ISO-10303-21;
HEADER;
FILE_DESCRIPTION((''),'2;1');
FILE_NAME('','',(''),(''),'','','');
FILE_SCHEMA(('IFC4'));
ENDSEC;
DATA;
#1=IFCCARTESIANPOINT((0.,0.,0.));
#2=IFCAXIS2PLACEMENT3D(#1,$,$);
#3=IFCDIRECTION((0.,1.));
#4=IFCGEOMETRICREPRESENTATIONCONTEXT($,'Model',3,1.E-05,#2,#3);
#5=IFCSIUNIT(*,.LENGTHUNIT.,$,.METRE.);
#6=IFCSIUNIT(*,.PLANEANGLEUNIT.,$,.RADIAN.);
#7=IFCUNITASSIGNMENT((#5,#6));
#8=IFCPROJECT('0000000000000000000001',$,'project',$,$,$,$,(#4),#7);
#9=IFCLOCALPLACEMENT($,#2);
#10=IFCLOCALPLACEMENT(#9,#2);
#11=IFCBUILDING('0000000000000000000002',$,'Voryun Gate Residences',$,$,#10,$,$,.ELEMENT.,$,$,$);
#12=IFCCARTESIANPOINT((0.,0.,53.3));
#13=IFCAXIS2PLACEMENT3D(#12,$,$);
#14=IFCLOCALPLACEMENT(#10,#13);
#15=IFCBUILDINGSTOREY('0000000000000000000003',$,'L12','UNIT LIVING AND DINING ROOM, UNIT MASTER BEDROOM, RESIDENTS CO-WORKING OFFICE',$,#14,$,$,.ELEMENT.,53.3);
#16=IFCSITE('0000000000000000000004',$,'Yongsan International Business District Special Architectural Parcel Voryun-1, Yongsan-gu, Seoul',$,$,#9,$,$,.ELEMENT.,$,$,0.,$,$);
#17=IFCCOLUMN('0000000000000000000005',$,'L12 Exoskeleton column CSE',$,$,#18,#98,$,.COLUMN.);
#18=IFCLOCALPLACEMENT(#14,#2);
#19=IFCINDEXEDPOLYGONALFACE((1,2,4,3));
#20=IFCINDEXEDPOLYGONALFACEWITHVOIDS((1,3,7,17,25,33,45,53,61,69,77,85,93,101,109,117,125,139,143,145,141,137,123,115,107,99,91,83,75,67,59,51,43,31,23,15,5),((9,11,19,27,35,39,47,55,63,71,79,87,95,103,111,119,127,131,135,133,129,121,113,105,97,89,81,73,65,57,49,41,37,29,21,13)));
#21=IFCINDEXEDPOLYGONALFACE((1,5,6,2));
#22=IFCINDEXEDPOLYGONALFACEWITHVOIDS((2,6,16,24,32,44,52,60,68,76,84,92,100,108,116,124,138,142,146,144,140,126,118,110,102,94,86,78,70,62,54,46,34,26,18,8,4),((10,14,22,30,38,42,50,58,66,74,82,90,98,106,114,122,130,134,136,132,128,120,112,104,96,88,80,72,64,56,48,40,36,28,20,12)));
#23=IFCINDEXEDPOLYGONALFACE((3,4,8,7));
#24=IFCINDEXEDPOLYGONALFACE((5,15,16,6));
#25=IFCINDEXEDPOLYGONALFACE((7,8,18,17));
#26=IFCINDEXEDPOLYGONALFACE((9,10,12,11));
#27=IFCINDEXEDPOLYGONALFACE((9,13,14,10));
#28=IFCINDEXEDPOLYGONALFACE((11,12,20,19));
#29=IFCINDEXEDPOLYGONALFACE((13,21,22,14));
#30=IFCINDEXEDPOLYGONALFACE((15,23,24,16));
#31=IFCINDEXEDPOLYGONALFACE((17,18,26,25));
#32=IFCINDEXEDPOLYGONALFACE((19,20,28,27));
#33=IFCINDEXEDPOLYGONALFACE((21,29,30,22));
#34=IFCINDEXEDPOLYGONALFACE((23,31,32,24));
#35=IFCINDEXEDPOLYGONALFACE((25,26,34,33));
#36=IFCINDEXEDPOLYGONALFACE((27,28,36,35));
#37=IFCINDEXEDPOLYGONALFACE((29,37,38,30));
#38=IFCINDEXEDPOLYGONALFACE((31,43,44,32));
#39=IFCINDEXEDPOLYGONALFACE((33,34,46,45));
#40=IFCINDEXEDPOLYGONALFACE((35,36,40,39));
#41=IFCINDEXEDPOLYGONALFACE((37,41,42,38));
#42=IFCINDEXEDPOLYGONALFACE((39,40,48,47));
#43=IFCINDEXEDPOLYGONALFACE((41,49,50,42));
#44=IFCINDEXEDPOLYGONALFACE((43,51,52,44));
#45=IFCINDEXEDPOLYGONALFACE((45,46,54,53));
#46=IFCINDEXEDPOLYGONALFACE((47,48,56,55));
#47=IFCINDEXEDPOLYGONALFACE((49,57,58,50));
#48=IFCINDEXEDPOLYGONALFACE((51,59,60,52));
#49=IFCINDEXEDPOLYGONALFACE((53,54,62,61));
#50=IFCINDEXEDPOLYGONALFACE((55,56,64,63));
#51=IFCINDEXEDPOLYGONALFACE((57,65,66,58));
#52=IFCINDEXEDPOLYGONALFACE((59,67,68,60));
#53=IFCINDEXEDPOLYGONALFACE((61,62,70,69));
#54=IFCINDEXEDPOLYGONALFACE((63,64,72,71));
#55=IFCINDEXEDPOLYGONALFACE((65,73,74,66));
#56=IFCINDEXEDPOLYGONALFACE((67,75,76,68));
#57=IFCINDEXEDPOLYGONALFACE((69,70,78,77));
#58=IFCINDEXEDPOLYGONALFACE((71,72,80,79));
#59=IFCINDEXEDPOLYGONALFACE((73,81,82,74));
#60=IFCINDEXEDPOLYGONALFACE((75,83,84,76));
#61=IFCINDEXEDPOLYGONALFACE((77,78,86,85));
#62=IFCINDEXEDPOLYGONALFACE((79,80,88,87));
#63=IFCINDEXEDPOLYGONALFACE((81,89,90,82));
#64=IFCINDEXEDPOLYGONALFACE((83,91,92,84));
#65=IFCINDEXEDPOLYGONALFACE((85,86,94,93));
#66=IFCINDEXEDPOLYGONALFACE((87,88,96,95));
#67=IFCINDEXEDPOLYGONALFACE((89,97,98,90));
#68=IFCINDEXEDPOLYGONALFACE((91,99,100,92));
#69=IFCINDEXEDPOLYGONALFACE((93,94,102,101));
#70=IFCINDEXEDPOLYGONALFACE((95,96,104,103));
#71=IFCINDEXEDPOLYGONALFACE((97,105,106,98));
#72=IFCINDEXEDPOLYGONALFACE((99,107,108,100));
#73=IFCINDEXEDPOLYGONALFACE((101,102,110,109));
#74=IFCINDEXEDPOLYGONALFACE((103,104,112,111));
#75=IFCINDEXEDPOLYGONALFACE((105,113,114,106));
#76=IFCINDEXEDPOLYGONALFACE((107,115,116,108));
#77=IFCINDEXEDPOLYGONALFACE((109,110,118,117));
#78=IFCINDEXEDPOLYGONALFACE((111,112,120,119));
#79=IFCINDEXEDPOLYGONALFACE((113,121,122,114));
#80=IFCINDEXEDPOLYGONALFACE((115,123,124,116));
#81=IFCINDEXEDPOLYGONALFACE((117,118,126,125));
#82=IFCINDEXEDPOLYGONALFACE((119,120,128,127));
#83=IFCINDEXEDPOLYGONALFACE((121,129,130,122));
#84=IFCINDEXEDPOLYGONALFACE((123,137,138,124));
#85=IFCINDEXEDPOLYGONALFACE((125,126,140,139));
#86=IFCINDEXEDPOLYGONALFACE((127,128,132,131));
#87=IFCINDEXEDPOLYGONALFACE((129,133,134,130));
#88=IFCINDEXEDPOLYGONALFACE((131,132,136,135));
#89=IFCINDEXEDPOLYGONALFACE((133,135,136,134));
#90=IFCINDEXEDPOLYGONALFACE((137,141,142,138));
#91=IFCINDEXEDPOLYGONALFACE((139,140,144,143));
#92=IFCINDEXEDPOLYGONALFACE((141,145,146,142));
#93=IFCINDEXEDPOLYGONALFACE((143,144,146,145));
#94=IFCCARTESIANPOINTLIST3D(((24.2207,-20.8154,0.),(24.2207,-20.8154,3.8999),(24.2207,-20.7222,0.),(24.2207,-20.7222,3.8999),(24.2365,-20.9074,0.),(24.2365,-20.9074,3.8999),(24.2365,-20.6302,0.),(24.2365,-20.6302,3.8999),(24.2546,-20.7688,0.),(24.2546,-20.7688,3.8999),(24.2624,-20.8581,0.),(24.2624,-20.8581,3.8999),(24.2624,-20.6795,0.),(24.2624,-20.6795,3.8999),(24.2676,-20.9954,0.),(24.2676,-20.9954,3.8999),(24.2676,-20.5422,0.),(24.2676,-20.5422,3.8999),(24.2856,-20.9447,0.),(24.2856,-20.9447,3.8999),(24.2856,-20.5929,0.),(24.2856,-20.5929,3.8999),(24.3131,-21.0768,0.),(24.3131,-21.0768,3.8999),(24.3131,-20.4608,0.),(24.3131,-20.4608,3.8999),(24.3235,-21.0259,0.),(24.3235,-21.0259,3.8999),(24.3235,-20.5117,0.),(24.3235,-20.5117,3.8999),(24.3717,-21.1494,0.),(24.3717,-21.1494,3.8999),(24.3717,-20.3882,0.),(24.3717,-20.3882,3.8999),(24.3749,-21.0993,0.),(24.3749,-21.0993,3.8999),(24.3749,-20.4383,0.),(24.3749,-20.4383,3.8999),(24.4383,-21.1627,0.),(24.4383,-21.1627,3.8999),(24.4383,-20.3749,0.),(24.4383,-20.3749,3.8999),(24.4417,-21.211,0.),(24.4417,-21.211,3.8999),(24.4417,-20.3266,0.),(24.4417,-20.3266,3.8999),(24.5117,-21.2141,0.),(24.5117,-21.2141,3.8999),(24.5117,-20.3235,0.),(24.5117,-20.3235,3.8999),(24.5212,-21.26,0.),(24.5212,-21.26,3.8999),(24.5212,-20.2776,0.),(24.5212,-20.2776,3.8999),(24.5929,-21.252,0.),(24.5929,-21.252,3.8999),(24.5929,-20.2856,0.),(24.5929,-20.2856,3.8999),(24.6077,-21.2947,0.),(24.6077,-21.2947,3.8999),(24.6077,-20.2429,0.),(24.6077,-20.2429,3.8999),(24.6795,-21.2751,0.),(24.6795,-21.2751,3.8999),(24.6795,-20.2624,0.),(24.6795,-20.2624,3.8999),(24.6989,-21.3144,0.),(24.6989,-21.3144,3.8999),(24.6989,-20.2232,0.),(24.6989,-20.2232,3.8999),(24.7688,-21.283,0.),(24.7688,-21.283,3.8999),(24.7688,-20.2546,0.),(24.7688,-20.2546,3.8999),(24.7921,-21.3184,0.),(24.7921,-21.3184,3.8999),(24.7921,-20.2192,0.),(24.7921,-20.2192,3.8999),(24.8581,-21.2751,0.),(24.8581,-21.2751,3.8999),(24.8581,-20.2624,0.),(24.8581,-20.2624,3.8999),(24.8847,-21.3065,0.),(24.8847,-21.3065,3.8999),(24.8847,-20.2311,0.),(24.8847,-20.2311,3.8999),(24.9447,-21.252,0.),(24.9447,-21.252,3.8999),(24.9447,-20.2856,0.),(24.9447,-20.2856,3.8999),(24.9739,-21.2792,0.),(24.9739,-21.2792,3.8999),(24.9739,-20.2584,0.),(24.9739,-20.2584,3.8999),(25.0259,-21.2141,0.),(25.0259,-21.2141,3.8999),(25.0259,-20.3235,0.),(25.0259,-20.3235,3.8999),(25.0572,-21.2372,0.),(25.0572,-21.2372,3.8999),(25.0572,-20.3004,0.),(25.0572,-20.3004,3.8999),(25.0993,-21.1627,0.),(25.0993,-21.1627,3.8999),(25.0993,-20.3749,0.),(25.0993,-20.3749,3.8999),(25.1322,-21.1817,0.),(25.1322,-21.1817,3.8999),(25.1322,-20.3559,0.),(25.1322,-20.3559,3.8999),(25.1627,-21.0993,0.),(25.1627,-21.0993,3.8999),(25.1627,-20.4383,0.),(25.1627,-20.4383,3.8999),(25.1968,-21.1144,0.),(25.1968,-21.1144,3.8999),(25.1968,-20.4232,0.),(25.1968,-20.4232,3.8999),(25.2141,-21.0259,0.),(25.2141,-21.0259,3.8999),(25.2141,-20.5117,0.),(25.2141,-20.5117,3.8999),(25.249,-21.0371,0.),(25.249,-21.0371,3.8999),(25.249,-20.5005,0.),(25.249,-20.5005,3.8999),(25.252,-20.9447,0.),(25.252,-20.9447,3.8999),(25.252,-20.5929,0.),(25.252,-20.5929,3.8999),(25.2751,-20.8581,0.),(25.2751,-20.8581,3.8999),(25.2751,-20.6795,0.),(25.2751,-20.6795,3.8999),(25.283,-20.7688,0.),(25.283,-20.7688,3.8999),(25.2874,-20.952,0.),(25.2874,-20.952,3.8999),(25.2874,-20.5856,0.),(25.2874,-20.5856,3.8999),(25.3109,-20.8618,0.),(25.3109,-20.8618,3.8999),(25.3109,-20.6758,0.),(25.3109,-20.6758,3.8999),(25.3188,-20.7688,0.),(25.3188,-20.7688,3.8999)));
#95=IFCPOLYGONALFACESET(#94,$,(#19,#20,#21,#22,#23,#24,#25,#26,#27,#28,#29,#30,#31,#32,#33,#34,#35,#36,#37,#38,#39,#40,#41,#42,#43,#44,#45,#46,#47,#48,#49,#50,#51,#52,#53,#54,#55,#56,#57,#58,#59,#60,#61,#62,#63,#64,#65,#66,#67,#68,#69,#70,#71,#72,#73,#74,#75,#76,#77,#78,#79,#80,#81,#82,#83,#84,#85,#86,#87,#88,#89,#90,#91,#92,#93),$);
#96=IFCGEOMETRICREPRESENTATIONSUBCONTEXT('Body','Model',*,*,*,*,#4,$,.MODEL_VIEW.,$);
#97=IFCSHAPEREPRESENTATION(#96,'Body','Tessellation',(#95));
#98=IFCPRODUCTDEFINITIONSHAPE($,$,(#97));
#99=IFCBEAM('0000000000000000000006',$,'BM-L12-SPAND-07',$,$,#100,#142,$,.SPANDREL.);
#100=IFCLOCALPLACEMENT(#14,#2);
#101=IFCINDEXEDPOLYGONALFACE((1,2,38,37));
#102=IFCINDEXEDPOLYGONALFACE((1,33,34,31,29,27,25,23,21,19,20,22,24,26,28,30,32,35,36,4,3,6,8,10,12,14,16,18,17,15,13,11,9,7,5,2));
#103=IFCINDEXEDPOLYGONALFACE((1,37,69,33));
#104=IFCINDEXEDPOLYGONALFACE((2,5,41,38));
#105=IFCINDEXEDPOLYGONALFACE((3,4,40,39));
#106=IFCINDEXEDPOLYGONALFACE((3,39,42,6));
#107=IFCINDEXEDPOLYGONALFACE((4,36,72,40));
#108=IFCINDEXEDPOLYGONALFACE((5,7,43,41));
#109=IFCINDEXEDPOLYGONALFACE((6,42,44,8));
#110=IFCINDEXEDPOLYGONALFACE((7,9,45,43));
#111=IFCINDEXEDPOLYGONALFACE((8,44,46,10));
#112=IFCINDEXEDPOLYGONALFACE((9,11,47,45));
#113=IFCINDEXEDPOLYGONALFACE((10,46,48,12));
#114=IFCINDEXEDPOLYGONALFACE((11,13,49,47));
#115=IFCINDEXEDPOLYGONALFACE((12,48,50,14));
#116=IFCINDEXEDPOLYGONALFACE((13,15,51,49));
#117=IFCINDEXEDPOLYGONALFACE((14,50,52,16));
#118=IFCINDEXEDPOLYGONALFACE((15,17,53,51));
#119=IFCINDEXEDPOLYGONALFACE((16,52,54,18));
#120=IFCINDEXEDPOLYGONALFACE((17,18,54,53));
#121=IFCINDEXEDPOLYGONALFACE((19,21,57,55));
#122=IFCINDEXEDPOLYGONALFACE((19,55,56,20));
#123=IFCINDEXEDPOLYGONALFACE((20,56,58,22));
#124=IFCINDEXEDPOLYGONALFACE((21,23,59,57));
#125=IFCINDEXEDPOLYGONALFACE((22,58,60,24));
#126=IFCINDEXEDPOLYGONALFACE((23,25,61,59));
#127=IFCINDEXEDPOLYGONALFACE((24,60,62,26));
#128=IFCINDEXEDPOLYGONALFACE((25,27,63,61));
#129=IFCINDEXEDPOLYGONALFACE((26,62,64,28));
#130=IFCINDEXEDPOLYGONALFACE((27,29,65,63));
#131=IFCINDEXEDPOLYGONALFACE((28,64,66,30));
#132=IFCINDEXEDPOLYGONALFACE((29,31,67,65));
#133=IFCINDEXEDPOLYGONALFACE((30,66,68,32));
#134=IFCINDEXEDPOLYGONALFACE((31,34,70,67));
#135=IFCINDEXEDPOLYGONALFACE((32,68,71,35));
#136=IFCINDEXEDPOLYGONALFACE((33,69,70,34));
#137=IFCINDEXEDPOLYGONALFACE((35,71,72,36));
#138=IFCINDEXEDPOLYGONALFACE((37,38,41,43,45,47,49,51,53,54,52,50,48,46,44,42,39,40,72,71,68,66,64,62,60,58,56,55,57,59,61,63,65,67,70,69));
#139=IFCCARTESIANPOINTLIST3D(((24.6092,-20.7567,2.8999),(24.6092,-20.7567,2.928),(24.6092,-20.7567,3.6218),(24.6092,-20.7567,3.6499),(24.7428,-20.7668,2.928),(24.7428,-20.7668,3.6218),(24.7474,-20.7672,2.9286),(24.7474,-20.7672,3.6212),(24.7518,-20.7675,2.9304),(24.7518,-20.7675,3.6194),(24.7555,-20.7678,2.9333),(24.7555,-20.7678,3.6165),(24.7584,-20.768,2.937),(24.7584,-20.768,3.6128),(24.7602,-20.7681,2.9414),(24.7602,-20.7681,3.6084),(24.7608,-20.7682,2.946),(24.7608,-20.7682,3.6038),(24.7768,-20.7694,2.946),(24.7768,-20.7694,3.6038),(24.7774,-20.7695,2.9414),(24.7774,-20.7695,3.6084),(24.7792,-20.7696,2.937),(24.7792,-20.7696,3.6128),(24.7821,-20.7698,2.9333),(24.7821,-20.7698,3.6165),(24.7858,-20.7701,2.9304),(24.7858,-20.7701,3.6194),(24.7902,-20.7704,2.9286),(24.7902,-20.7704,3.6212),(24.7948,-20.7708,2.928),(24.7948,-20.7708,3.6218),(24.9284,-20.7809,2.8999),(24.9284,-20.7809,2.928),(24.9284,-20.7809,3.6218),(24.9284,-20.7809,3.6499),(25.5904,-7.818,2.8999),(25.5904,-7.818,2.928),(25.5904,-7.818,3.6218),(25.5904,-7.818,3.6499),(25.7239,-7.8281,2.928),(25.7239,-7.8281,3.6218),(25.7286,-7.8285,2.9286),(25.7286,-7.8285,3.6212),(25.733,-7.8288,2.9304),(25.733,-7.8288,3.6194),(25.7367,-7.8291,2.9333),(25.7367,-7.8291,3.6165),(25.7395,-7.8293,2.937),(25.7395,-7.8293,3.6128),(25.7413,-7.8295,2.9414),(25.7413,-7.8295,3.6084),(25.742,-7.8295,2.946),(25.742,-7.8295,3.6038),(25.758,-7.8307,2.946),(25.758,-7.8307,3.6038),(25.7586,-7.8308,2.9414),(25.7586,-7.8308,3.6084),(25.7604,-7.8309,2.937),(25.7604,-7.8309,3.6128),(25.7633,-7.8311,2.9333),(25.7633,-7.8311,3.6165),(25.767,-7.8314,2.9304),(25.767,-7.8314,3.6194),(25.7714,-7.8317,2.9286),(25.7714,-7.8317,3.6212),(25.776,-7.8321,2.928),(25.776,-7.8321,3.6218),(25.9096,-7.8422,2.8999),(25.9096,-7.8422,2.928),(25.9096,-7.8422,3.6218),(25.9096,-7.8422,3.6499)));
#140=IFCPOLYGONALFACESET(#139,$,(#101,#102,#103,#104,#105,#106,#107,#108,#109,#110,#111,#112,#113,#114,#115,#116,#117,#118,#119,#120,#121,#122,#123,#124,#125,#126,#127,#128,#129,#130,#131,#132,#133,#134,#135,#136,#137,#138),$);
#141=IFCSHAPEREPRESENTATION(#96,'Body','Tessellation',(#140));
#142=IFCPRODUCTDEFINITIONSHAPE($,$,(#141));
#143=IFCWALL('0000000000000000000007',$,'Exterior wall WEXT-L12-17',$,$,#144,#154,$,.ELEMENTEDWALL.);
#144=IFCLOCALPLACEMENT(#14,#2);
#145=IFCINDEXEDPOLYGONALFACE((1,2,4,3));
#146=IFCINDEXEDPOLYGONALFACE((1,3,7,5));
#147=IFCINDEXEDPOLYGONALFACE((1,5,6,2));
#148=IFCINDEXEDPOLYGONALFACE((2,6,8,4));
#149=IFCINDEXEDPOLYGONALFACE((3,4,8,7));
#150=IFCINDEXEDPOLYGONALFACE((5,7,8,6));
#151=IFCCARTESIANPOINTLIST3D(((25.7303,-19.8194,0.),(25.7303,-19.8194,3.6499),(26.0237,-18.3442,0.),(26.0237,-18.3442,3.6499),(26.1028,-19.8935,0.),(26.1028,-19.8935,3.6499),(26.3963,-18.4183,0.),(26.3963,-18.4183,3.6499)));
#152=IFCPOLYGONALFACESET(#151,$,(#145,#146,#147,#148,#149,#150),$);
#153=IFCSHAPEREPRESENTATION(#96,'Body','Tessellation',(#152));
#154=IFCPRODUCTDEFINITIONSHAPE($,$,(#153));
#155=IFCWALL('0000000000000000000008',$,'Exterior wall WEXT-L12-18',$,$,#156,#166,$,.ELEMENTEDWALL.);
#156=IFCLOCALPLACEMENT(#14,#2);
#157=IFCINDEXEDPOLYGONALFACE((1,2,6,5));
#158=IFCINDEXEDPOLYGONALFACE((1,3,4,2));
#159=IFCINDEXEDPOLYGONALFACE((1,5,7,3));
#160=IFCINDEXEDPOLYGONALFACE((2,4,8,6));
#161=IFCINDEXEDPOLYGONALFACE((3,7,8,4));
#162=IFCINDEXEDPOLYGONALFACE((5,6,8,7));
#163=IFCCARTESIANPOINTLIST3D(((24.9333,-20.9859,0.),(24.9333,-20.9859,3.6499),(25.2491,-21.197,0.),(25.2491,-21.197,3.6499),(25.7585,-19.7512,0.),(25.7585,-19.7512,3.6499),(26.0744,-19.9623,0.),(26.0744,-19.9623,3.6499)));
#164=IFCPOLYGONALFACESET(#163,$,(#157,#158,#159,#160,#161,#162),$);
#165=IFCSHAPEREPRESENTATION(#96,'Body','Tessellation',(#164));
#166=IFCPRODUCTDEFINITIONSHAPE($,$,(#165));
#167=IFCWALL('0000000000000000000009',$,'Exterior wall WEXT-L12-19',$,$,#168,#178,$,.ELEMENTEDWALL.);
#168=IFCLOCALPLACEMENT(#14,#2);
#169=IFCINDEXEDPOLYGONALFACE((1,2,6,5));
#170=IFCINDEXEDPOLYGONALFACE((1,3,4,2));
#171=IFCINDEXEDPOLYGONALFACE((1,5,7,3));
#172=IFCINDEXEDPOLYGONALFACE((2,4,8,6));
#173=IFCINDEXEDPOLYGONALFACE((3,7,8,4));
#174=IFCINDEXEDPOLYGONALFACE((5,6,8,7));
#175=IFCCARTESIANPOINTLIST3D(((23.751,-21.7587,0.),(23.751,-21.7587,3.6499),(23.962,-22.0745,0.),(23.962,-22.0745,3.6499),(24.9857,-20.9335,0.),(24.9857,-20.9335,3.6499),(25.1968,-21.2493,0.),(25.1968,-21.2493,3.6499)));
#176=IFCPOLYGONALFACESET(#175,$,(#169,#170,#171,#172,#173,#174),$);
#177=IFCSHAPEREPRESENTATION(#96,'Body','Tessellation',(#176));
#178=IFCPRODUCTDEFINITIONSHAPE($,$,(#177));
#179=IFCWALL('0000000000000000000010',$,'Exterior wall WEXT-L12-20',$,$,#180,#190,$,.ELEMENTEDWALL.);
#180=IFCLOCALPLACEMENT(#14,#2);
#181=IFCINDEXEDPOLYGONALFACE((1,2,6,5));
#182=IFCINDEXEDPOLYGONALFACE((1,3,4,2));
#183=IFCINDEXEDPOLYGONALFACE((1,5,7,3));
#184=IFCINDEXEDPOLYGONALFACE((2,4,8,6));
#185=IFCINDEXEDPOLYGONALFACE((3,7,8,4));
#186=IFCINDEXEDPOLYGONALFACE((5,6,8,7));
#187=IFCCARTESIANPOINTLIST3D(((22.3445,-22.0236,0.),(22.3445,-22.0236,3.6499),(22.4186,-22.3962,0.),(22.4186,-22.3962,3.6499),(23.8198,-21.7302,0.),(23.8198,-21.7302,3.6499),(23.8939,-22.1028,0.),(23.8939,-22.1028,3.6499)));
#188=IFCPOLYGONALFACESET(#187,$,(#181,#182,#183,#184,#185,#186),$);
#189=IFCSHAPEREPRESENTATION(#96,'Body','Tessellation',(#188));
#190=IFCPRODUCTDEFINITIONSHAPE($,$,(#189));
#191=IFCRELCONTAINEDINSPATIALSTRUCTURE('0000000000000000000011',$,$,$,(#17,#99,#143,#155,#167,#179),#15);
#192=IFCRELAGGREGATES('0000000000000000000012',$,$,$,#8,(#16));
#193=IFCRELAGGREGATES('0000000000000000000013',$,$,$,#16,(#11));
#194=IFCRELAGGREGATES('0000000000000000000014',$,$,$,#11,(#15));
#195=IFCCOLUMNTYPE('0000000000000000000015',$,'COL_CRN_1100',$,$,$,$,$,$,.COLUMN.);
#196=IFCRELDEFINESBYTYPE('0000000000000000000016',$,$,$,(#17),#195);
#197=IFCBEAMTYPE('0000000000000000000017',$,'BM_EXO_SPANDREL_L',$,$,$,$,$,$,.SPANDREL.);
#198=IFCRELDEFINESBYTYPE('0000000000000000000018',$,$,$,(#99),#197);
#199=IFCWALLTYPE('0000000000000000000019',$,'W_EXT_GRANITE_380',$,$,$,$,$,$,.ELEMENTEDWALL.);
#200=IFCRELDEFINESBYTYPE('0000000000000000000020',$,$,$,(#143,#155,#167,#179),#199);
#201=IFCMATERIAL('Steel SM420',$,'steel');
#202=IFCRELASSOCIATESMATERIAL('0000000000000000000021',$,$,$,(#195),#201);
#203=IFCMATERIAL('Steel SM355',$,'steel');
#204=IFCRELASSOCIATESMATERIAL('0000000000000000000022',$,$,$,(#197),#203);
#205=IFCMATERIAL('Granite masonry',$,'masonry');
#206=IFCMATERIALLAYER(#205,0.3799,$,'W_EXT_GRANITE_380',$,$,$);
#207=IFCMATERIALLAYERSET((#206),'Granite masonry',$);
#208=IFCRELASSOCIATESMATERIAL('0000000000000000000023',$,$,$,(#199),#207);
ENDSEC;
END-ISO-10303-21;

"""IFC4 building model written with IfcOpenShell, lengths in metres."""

from ifc_helpers import new_model, si_unit, direction, frame, frame_2d, origin, origin_2d, place, context, subcontext, project, spatial, rectangle, hollow_circle, i_section, extrude, material, layer, layer_set, material_profile, profile_set, type_object, element, save


model = new_model("IFC4")

# Units and contexts
model_context = context("Model", 3, precision=1e-05, world=origin(), true_north=direction((0.0, 1.0)))
body_context = subcontext(model_context, "Body", "Model", "MODEL_VIEW")
ifc_project = project(units=[si_unit("LENGTHUNIT", "METRE"), si_unit("PLANEANGLEUNIT", "RADIAN")], contexts=[model_context])

# Site, building, storey
site_placement = place(None, origin())
site = spatial("IfcSite", under=ifc_project, at=site_placement, Name="Yongsan International Business District Special Architectural Parcel Voryun-1, Yongsan-gu, Seoul", CompositionType="ELEMENT", RefElevation=0.0)
building_placement = place(site_placement, origin())
building = spatial("IfcBuilding", under=site, at=building_placement, Name="Voryun Gate Residences", CompositionType="ELEMENT")
storey_placement = place(building_placement, frame((0.0, 0.0, 53.3)))
storey = spatial("IfcBuildingStorey", under=building, at=storey_placement, Name="L12", Description="UNIT LIVING AND DINING ROOM, UNIT MASTER BEDROOM, RESIDENTS CO-WORKING OFFICE", CompositionType="ELEMENT", Elevation=53.3)

# Column
ifc_material_1 = material(Name="Steel SM420", Category="steel")
ifc_material_profile_1 = material_profile(ifc_material_1, hollow_circle(Radius=0.55, WallThickness=0.0359, at=origin_2d()), Name="CHS-1100x36")
ifc_profile_set_1 = profile_set([ifc_material_profile_1], Name="Steel SM420")
column_type = type_object("IfcColumnType", Name="COL_CRN_1100", PredefinedType="COLUMN", material=ifc_profile_set_1)
column_placement = place(storey_placement, frame((24.7688, -20.7688, 0.0), z_axis=(0.0, 0.0, 1.0), x_axis=(1.0, 0.0, 0.0)))
element("IfcColumn", 1, at=column_placement, inside=storey, type_object=column_type, Name="L12 Exoskeleton column CSE", PredefinedType="COLUMN", context=body_context, shape_type="SweptSolid", body=[
    extrude(hollow_circle(Radius=0.55, WallThickness=0.0359, at=origin_2d()), origin(), (0.0, 0.0, 1.0), 3.8999),
])

# Beam
ifc_material_2 = material(Name="Steel SM355", Category="steel")
ifc_material_profile_2 = material_profile(ifc_material_2, i_section(OverallWidth=0.3201, OverallDepth=0.75, WebThickness=0.0161, FlangeThickness=0.0281, FilletRadius=0.0181, at=origin_2d()), Name="H-750x320x16x28")
ifc_profile_set_2 = profile_set([ifc_material_profile_2], Name="Steel SM355")
beam_type = type_object("IfcBeamType", Name="BM_EXO_SPANDREL_L", PredefinedType="SPANDREL", material=ifc_profile_set_2)
beam_placement = place(storey_placement, frame((24.7688, -20.7688, 3.2749), z_axis=(0.075617, 0.997137, 0.0), x_axis=(-0.997137, 0.075617, 0.0)))
element("IfcBeam", 2, at=beam_placement, inside=storey, type_object=beam_type, Name="BM-L12-SPAND-07", PredefinedType="SPANDREL", context=body_context, shape_type="SweptSolid", body=[
    extrude(i_section(OverallWidth=0.3201, OverallDepth=0.75, WebThickness=0.0161, FlangeThickness=0.0281, FilletRadius=0.0181, at=origin_2d()), origin(), (0.0, 0.0, 1.0), 12.9758),
])

# Walls
ifc_material_3 = material(Name="Granite masonry", Category="masonry")
ifc_layer_1 = layer(ifc_material_3, 0.3799, Name="W_EXT_GRANITE_380")
ifc_layer_set_1 = layer_set([ifc_layer_1], Name="Granite masonry")
wall_type_1 = type_object("IfcWallType", Name="W_EXT_GRANITE_380", PredefinedType="ELEMENTEDWALL", material=ifc_layer_set_1)
wall_1_placement = place(storey_placement, frame((26.21, -18.3813, 0.0), z_axis=(0.0, 0.0, 1.0), x_axis=(-0.195086, -0.980786, 0.0)))
element("IfcWall", 3, at=wall_1_placement, inside=storey, type_object=wall_type_1, Name="Exterior wall WEXT-L12-17", PredefinedType="ELEMENTEDWALL", context=body_context, shape_type="SweptSolid", body=[
    extrude(rectangle(XDim=1.5042, YDim=0.3799, at=frame_2d((0.752, 0.0))), origin(), (0.0, 0.0, 1.0), 3.6499),
])
for number, where, z_axis, x_axis, name in (
    (4, (25.9165, -19.8567, 0.0), (0.0, 0.0, 1.0), (-0.555686, -0.831392, 0.0), "Exterior wall WEXT-L12-18"),
    (5, (25.0913, -21.0913, 0.0), (0.0, 0.0, 1.0), (-0.831392, -0.555686, 0.0), "Exterior wall WEXT-L12-19"),
):
    element("IfcWall", number, at=place(storey_placement, frame(where, z_axis=z_axis, x_axis=x_axis)), inside=storey, type_object=wall_type_1, Name=name, PredefinedType="ELEMENTEDWALL", context=body_context, shape_type="SweptSolid", body=[
        extrude(rectangle(XDim=1.4851, YDim=0.3799, at=frame_2d((0.7427, 0.0))), origin(), (0.0, 0.0, 1.0), 3.6499),
    ])
wall_2_placement = place(storey_placement, frame((23.8567, -21.9165, 0.0), z_axis=(0.0, 0.0, 1.0), x_axis=(-0.980786, -0.195086, 0.0)))
element("IfcWall", 6, at=wall_2_placement, inside=storey, type_object=wall_type_1, Name="Exterior wall WEXT-L12-20", PredefinedType="ELEMENTEDWALL", context=body_context, shape_type="SweptSolid", body=[
    extrude(rectangle(XDim=1.5042, YDim=0.3799, at=frame_2d((0.752, 0.0))), origin(), (0.0, 0.0, 1.0), 3.6499),
])

save(model, "model.ifc")
